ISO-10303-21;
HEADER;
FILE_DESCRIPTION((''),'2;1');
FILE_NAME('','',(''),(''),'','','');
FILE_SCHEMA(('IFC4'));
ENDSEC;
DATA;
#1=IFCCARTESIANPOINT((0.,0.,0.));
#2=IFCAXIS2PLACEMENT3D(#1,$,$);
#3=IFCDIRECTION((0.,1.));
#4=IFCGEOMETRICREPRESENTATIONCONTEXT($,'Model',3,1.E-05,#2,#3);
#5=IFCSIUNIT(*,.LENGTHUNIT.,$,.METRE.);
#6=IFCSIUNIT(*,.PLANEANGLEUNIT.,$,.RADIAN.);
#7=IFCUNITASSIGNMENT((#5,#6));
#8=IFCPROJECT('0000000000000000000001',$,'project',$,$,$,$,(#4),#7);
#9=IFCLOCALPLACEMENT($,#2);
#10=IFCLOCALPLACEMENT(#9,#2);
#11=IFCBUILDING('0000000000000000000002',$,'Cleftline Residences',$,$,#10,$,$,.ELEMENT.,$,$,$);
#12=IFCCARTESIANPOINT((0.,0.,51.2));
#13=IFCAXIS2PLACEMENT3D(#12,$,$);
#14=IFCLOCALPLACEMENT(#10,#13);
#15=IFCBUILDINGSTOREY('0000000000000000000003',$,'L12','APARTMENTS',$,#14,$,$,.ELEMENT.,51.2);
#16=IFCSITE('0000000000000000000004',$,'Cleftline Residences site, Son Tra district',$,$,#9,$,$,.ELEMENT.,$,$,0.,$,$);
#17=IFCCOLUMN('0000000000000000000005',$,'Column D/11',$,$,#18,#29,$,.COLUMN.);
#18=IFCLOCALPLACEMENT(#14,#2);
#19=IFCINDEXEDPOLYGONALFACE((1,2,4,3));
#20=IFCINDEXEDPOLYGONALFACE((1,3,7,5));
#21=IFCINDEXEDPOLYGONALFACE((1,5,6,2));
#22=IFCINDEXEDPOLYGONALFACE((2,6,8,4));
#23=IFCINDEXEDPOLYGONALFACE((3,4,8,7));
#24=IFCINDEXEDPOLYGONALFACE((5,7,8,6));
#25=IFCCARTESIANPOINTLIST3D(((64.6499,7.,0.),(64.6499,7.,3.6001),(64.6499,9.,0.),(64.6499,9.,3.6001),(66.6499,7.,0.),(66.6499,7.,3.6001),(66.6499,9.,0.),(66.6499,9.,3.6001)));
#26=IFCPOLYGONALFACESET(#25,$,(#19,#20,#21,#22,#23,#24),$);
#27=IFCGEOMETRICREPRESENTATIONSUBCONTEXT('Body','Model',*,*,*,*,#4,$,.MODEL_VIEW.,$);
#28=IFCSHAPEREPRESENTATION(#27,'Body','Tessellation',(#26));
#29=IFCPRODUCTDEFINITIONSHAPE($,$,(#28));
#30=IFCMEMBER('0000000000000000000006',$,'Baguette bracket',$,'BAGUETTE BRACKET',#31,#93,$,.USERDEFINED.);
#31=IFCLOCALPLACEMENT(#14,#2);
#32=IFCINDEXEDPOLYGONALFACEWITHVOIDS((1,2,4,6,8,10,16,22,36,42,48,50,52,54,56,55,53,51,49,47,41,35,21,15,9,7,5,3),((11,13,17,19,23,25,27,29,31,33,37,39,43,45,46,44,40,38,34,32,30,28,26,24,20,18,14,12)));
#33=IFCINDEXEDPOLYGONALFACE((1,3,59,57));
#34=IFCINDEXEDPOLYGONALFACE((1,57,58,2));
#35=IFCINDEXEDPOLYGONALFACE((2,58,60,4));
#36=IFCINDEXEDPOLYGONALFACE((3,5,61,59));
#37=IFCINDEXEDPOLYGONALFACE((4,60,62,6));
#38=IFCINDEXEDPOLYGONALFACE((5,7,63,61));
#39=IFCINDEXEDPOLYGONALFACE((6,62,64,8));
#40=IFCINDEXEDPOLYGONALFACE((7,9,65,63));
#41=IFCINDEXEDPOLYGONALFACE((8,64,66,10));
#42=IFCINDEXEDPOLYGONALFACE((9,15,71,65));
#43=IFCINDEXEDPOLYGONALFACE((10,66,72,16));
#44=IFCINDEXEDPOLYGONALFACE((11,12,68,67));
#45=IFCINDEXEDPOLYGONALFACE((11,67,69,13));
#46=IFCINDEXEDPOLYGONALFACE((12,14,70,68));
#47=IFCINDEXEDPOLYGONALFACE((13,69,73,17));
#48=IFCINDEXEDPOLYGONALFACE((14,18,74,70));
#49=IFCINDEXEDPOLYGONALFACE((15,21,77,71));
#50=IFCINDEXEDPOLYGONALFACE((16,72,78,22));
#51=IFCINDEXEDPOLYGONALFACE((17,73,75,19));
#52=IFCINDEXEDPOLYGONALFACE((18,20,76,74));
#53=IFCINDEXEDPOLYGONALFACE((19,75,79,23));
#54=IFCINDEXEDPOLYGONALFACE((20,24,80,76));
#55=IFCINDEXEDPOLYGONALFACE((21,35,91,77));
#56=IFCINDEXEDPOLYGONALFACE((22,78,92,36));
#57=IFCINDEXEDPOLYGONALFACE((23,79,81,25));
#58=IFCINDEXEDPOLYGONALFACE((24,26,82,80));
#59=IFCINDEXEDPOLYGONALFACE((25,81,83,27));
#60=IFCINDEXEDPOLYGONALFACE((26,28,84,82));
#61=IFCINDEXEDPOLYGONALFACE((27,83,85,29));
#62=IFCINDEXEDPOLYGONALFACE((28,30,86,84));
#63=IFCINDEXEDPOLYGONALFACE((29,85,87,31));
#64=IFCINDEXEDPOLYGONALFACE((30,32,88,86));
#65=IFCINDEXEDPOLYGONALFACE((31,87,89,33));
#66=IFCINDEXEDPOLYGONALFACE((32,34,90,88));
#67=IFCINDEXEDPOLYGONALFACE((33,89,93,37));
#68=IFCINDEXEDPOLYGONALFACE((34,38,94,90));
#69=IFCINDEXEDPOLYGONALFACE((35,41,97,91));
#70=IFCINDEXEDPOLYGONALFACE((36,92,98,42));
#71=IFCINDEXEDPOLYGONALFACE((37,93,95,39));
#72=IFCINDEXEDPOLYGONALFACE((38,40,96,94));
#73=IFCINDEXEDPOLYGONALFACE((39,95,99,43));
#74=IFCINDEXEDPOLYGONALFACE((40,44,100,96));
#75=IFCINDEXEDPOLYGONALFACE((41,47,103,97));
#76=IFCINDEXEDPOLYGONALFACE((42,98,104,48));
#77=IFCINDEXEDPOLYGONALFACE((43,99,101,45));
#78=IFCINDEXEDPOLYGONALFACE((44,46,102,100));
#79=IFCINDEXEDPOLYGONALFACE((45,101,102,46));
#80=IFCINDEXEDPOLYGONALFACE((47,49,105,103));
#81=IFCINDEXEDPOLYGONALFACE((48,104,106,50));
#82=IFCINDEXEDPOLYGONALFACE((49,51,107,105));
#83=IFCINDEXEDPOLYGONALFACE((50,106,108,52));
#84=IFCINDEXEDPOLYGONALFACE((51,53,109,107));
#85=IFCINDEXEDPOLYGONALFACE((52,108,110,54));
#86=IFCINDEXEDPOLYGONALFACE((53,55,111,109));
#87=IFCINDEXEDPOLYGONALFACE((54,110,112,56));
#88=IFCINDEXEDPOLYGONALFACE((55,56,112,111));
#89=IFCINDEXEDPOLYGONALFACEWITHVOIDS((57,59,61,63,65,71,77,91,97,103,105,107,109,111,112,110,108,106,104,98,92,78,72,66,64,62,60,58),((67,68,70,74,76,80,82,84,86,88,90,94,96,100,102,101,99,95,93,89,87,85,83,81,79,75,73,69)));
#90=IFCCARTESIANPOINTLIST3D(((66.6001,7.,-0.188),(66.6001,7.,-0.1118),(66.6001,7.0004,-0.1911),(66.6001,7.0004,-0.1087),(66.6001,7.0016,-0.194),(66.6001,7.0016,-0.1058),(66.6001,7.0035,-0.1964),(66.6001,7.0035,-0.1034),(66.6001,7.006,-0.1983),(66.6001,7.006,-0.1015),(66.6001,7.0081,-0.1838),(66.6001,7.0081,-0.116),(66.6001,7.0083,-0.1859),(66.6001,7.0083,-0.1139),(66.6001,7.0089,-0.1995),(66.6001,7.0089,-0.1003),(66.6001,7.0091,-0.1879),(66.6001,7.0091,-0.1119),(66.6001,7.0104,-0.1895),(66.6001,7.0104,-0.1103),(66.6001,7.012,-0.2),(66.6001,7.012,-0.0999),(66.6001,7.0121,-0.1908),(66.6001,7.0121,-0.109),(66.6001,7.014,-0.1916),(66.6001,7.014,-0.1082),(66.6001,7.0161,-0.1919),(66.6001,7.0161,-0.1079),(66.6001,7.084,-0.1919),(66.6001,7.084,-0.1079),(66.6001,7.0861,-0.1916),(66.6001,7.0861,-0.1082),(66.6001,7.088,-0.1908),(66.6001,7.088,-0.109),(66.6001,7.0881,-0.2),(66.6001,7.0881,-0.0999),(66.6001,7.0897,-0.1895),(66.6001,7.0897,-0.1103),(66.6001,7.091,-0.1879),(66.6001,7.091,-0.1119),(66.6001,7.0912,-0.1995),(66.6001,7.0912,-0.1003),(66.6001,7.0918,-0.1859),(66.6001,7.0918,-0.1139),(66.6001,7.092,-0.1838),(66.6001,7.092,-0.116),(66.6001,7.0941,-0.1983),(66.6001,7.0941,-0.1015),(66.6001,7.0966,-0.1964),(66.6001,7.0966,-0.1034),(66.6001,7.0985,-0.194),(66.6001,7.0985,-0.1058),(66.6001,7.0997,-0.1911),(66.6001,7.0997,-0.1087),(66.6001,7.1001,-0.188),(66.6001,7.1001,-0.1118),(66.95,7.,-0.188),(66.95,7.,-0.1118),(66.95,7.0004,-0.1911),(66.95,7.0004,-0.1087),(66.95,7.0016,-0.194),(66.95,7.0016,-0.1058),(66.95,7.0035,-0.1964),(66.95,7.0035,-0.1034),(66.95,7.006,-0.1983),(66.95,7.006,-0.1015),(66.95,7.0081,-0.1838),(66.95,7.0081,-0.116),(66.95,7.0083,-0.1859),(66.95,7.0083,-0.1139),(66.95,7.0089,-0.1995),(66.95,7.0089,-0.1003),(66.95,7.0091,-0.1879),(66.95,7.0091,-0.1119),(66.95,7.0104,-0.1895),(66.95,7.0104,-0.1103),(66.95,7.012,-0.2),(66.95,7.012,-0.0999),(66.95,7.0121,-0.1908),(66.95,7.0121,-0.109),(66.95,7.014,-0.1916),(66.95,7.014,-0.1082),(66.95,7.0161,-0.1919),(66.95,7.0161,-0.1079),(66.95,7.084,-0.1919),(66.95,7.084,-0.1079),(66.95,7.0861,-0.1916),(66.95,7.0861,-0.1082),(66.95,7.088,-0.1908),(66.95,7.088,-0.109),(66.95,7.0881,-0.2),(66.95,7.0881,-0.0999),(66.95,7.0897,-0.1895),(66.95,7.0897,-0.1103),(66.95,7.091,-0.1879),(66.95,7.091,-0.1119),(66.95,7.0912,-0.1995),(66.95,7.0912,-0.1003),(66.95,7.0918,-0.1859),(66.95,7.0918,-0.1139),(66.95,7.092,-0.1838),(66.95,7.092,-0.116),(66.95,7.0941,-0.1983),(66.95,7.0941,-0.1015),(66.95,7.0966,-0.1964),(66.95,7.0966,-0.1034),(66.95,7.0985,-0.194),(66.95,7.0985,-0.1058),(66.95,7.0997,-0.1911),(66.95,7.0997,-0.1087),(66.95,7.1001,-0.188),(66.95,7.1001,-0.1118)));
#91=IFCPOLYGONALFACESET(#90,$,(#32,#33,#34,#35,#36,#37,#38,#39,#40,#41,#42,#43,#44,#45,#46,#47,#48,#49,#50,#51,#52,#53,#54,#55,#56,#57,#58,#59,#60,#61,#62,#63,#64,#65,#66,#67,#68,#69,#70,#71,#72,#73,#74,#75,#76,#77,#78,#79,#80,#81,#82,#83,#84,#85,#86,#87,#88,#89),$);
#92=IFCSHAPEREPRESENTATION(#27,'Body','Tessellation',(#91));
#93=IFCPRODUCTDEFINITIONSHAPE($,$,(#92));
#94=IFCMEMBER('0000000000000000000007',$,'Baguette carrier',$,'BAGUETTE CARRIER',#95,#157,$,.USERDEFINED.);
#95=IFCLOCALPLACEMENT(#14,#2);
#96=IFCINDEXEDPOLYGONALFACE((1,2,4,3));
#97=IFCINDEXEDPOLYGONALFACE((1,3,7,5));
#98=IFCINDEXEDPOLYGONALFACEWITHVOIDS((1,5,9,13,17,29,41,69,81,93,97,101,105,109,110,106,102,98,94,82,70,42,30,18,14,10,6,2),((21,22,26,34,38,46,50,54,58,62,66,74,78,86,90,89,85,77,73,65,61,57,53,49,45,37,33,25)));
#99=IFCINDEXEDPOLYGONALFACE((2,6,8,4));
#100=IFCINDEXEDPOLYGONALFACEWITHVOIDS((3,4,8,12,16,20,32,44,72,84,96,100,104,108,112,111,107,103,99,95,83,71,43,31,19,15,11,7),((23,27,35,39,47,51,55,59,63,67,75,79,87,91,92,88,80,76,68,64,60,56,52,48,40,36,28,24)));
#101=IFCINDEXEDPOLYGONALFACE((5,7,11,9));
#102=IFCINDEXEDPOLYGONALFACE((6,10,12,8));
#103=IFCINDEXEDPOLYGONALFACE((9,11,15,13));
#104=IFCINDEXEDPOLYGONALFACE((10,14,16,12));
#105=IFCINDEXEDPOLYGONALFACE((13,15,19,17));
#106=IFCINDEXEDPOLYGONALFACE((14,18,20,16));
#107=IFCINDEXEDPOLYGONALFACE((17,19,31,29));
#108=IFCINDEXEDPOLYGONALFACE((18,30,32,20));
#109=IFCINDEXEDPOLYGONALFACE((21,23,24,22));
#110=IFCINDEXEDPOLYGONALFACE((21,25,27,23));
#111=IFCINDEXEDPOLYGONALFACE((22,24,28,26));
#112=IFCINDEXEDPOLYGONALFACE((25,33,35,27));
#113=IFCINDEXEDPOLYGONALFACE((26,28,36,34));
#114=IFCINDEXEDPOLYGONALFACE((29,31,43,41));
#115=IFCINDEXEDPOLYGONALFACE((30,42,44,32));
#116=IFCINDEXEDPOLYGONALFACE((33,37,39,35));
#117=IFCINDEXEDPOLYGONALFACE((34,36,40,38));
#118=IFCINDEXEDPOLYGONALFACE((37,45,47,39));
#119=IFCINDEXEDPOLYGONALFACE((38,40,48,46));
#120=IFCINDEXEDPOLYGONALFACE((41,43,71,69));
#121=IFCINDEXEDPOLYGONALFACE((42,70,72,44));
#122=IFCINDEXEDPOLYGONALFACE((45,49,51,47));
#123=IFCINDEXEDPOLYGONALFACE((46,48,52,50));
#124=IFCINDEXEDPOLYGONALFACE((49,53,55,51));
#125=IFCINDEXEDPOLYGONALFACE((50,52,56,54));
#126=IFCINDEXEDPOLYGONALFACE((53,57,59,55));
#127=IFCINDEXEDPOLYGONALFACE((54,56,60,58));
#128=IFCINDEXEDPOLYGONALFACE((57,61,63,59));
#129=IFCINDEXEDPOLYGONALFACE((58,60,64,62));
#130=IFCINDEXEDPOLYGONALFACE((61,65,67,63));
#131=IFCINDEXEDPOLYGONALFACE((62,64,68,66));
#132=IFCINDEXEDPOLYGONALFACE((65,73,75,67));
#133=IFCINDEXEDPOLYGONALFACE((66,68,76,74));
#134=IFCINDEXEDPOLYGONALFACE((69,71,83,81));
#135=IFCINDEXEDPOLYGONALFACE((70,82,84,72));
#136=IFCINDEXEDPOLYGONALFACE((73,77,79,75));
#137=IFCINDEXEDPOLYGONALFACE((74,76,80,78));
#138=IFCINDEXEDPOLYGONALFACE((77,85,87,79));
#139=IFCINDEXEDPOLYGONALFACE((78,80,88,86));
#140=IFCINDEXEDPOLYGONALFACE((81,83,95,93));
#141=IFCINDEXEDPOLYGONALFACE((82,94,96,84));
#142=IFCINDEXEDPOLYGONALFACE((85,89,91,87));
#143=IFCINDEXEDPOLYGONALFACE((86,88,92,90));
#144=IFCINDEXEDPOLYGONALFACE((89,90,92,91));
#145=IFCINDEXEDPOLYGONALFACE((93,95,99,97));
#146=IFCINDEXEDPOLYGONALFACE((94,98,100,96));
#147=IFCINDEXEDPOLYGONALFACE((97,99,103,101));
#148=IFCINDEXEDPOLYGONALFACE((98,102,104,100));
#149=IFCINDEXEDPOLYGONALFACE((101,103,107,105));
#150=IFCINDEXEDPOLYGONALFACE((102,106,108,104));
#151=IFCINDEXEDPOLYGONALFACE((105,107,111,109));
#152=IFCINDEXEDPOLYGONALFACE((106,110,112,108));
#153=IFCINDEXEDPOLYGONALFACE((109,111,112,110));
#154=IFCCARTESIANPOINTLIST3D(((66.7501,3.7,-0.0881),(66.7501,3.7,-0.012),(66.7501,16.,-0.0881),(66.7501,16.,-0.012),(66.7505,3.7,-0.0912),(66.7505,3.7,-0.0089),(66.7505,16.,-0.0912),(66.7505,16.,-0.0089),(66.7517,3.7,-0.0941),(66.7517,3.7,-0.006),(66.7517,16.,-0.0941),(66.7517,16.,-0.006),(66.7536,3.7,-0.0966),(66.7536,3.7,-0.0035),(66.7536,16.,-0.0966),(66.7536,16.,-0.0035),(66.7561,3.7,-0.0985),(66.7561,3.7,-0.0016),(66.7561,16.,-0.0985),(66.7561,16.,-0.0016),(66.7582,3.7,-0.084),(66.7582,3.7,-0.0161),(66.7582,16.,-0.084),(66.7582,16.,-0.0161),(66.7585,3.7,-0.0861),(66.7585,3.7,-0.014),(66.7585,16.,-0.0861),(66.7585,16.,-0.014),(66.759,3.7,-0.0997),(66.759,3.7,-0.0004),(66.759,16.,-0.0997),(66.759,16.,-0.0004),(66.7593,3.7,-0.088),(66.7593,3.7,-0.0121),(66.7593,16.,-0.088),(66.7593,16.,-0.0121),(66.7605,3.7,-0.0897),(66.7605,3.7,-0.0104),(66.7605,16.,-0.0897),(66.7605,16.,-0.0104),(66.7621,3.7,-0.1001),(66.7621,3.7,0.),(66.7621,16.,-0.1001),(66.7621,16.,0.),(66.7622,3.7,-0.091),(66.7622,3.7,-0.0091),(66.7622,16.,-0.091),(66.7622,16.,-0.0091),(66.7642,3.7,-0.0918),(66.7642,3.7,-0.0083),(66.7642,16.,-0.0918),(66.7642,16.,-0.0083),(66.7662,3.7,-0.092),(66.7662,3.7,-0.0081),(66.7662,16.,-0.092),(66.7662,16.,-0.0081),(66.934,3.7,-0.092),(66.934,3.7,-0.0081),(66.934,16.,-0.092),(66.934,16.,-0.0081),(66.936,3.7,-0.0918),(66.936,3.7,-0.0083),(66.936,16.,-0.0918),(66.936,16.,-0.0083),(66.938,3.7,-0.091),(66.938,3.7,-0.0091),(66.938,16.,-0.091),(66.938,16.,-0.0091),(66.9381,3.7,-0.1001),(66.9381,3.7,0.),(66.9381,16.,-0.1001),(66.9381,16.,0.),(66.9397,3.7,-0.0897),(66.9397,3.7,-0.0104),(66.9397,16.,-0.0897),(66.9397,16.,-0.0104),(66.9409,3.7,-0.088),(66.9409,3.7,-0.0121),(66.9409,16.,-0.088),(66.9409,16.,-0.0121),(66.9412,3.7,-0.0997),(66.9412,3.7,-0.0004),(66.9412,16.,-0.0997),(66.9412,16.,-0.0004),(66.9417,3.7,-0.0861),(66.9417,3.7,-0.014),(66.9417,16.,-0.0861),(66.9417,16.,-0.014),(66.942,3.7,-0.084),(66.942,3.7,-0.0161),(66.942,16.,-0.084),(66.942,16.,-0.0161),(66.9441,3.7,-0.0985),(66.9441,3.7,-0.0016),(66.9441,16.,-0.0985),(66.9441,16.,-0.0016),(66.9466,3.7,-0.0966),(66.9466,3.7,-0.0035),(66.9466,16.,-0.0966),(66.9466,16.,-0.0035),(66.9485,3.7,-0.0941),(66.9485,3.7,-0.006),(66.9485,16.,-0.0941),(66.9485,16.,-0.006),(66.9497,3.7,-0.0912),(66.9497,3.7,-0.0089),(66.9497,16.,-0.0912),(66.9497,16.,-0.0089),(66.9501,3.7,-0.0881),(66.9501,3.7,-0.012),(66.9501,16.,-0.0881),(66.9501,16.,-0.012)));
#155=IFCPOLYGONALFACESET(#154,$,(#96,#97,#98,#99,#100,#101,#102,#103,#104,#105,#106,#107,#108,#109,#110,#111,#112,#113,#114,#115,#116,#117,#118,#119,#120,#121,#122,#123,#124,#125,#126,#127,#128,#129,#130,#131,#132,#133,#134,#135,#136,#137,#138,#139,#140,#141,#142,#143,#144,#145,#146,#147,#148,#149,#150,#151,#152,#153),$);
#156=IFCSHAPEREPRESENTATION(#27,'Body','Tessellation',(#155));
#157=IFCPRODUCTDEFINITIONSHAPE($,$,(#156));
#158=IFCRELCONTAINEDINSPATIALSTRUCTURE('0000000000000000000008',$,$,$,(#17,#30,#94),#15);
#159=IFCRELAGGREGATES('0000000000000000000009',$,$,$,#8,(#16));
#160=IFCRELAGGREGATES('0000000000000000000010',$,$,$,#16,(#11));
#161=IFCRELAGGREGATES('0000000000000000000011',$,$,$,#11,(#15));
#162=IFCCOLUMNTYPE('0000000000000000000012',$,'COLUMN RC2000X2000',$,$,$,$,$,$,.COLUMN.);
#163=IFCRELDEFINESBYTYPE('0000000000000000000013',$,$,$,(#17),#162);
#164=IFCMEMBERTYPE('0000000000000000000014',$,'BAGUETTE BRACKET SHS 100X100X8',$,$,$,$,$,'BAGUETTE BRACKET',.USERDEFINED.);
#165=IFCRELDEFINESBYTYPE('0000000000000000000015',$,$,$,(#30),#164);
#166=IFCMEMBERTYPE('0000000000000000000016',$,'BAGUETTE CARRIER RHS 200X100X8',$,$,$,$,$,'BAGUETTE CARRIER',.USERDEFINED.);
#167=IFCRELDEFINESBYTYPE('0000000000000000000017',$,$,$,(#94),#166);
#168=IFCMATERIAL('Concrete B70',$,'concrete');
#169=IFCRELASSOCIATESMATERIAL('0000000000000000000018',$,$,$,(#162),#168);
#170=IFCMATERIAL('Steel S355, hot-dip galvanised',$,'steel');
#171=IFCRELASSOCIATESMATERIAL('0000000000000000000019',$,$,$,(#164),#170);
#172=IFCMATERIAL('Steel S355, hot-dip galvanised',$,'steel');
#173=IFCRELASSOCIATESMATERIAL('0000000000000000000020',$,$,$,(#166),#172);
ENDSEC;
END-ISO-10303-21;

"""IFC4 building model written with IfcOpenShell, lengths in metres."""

from ifc_helpers import new_model, si_unit, direction, frame, origin, origin_2d, place, context, subcontext, project, spatial, rectangle, hollow_rectangle, extrude, material, material_profile, profile_set, type_object, element, save


model = new_model("IFC4")

# Units and contexts
model_context = context("Model", 3, precision=1e-05, world=origin(), true_north=direction((0.0, 1.0)))
body_context = subcontext(model_context, "Body", "Model", "MODEL_VIEW")
ifc_project = project(units=[si_unit("LENGTHUNIT", "METRE"), si_unit("PLANEANGLEUNIT", "RADIAN")], contexts=[model_context])

# Site, building, storey
site_placement = place(None, origin())
site = spatial("IfcSite", under=ifc_project, at=site_placement, Name="Cleftline Residences site, Son Tra district", CompositionType="ELEMENT", RefElevation=0.0)
building_placement = place(site_placement, origin())
building = spatial("IfcBuilding", under=site, at=building_placement, Name="Cleftline Residences", CompositionType="ELEMENT")
storey_placement = place(building_placement, frame((0.0, 0.0, 51.2)))
storey = spatial("IfcBuildingStorey", under=building, at=storey_placement, Name="L12", Description="APARTMENTS", CompositionType="ELEMENT", Elevation=51.2)

# Column
ifc_material_1 = material(Name="Concrete B70", Category="concrete")
ifc_material_profile_1 = material_profile(ifc_material_1, rectangle(XDim=2.0, YDim=2.0, at=origin_2d()))
ifc_profile_set_1 = profile_set([ifc_material_profile_1], Name="Concrete B70")
column_type = type_object("IfcColumnType", Name="COLUMN RC2000X2000", PredefinedType="COLUMN", material=ifc_profile_set_1)
column_placement = place(storey_placement, frame((65.6499, 8.0, 0.0), z_axis=(0.0, 0.0, 1.0), x_axis=(1.0, 0.0, 0.0)))
element("IfcColumn", 1, at=column_placement, inside=storey, type_object=column_type, Name="Column D/11", PredefinedType="COLUMN", context=body_context, shape_type="SweptSolid", body=[
    extrude(rectangle(XDim=2.0, YDim=2.0, at=origin_2d()), origin(), (0.0, 0.0, 1.0), 3.6001),
])

# Members
ifc_material_2 = material(Name="Steel S355, hot-dip galvanised", Category="steel")
ifc_material_profile_2 = material_profile(ifc_material_2, hollow_rectangle(XDim=0.1001, YDim=0.1001, WallThickness=0.0081, InnerFilletRadius=0.0081, OuterFilletRadius=0.012, at=origin_2d()))
ifc_profile_set_2 = profile_set([ifc_material_profile_2], Name="Steel S355, hot-dip galvanised")
member_type_1 = type_object("IfcMemberType", Name="BAGUETTE BRACKET SHS 100X100X8", ElementType="BAGUETTE BRACKET", PredefinedType="USERDEFINED", material=ifc_profile_set_2)
member_1_placement = place(storey_placement, frame((66.6001, 7.05, -0.1499), z_axis=(1.0, 0.0, 0.0), x_axis=(0.0, 1.0, 0.0)))
element("IfcMember", 2, at=member_1_placement, inside=storey, type_object=member_type_1, Name="Baguette bracket", ObjectType="BAGUETTE BRACKET", PredefinedType="USERDEFINED", context=body_context, shape_type="SweptSolid", body=[
    extrude(hollow_rectangle(XDim=0.1001, YDim=0.1001, WallThickness=0.0081, InnerFilletRadius=0.0081, OuterFilletRadius=0.012, at=origin_2d()), origin(), (0.0, 0.0, 1.0), 0.3499),
])
ifc_material_3 = material(Name="Steel S355, hot-dip galvanised", Category="steel")
ifc_material_profile_3 = material_profile(ifc_material_3, hollow_rectangle(XDim=0.1001, YDim=0.2, WallThickness=0.0081, InnerFilletRadius=0.0081, OuterFilletRadius=0.012, at=origin_2d()))
ifc_profile_set_3 = profile_set([ifc_material_profile_3], Name="Steel S355, hot-dip galvanised")
member_type_2 = type_object("IfcMemberType", Name="BAGUETTE CARRIER RHS 200X100X8", ElementType="BAGUETTE CARRIER", PredefinedType="USERDEFINED", material=ifc_profile_set_3)
member_2_placement = place(storey_placement, frame((66.8501, 3.7, -0.05), z_axis=(0.0, 1.0, 0.0), x_axis=(0.0, 0.0, 1.0)))
element("IfcMember", 3, at=member_2_placement, inside=storey, type_object=member_type_2, Name="Baguette carrier", ObjectType="BAGUETTE CARRIER", PredefinedType="USERDEFINED", context=body_context, shape_type="SweptSolid", body=[
    extrude(hollow_rectangle(XDim=0.1001, YDim=0.2, WallThickness=0.0081, InnerFilletRadius=0.0081, OuterFilletRadius=0.012, at=origin_2d()), origin(), (0.0, 0.0, 1.0), 12.3),
])

save(model, "model.ifc")
